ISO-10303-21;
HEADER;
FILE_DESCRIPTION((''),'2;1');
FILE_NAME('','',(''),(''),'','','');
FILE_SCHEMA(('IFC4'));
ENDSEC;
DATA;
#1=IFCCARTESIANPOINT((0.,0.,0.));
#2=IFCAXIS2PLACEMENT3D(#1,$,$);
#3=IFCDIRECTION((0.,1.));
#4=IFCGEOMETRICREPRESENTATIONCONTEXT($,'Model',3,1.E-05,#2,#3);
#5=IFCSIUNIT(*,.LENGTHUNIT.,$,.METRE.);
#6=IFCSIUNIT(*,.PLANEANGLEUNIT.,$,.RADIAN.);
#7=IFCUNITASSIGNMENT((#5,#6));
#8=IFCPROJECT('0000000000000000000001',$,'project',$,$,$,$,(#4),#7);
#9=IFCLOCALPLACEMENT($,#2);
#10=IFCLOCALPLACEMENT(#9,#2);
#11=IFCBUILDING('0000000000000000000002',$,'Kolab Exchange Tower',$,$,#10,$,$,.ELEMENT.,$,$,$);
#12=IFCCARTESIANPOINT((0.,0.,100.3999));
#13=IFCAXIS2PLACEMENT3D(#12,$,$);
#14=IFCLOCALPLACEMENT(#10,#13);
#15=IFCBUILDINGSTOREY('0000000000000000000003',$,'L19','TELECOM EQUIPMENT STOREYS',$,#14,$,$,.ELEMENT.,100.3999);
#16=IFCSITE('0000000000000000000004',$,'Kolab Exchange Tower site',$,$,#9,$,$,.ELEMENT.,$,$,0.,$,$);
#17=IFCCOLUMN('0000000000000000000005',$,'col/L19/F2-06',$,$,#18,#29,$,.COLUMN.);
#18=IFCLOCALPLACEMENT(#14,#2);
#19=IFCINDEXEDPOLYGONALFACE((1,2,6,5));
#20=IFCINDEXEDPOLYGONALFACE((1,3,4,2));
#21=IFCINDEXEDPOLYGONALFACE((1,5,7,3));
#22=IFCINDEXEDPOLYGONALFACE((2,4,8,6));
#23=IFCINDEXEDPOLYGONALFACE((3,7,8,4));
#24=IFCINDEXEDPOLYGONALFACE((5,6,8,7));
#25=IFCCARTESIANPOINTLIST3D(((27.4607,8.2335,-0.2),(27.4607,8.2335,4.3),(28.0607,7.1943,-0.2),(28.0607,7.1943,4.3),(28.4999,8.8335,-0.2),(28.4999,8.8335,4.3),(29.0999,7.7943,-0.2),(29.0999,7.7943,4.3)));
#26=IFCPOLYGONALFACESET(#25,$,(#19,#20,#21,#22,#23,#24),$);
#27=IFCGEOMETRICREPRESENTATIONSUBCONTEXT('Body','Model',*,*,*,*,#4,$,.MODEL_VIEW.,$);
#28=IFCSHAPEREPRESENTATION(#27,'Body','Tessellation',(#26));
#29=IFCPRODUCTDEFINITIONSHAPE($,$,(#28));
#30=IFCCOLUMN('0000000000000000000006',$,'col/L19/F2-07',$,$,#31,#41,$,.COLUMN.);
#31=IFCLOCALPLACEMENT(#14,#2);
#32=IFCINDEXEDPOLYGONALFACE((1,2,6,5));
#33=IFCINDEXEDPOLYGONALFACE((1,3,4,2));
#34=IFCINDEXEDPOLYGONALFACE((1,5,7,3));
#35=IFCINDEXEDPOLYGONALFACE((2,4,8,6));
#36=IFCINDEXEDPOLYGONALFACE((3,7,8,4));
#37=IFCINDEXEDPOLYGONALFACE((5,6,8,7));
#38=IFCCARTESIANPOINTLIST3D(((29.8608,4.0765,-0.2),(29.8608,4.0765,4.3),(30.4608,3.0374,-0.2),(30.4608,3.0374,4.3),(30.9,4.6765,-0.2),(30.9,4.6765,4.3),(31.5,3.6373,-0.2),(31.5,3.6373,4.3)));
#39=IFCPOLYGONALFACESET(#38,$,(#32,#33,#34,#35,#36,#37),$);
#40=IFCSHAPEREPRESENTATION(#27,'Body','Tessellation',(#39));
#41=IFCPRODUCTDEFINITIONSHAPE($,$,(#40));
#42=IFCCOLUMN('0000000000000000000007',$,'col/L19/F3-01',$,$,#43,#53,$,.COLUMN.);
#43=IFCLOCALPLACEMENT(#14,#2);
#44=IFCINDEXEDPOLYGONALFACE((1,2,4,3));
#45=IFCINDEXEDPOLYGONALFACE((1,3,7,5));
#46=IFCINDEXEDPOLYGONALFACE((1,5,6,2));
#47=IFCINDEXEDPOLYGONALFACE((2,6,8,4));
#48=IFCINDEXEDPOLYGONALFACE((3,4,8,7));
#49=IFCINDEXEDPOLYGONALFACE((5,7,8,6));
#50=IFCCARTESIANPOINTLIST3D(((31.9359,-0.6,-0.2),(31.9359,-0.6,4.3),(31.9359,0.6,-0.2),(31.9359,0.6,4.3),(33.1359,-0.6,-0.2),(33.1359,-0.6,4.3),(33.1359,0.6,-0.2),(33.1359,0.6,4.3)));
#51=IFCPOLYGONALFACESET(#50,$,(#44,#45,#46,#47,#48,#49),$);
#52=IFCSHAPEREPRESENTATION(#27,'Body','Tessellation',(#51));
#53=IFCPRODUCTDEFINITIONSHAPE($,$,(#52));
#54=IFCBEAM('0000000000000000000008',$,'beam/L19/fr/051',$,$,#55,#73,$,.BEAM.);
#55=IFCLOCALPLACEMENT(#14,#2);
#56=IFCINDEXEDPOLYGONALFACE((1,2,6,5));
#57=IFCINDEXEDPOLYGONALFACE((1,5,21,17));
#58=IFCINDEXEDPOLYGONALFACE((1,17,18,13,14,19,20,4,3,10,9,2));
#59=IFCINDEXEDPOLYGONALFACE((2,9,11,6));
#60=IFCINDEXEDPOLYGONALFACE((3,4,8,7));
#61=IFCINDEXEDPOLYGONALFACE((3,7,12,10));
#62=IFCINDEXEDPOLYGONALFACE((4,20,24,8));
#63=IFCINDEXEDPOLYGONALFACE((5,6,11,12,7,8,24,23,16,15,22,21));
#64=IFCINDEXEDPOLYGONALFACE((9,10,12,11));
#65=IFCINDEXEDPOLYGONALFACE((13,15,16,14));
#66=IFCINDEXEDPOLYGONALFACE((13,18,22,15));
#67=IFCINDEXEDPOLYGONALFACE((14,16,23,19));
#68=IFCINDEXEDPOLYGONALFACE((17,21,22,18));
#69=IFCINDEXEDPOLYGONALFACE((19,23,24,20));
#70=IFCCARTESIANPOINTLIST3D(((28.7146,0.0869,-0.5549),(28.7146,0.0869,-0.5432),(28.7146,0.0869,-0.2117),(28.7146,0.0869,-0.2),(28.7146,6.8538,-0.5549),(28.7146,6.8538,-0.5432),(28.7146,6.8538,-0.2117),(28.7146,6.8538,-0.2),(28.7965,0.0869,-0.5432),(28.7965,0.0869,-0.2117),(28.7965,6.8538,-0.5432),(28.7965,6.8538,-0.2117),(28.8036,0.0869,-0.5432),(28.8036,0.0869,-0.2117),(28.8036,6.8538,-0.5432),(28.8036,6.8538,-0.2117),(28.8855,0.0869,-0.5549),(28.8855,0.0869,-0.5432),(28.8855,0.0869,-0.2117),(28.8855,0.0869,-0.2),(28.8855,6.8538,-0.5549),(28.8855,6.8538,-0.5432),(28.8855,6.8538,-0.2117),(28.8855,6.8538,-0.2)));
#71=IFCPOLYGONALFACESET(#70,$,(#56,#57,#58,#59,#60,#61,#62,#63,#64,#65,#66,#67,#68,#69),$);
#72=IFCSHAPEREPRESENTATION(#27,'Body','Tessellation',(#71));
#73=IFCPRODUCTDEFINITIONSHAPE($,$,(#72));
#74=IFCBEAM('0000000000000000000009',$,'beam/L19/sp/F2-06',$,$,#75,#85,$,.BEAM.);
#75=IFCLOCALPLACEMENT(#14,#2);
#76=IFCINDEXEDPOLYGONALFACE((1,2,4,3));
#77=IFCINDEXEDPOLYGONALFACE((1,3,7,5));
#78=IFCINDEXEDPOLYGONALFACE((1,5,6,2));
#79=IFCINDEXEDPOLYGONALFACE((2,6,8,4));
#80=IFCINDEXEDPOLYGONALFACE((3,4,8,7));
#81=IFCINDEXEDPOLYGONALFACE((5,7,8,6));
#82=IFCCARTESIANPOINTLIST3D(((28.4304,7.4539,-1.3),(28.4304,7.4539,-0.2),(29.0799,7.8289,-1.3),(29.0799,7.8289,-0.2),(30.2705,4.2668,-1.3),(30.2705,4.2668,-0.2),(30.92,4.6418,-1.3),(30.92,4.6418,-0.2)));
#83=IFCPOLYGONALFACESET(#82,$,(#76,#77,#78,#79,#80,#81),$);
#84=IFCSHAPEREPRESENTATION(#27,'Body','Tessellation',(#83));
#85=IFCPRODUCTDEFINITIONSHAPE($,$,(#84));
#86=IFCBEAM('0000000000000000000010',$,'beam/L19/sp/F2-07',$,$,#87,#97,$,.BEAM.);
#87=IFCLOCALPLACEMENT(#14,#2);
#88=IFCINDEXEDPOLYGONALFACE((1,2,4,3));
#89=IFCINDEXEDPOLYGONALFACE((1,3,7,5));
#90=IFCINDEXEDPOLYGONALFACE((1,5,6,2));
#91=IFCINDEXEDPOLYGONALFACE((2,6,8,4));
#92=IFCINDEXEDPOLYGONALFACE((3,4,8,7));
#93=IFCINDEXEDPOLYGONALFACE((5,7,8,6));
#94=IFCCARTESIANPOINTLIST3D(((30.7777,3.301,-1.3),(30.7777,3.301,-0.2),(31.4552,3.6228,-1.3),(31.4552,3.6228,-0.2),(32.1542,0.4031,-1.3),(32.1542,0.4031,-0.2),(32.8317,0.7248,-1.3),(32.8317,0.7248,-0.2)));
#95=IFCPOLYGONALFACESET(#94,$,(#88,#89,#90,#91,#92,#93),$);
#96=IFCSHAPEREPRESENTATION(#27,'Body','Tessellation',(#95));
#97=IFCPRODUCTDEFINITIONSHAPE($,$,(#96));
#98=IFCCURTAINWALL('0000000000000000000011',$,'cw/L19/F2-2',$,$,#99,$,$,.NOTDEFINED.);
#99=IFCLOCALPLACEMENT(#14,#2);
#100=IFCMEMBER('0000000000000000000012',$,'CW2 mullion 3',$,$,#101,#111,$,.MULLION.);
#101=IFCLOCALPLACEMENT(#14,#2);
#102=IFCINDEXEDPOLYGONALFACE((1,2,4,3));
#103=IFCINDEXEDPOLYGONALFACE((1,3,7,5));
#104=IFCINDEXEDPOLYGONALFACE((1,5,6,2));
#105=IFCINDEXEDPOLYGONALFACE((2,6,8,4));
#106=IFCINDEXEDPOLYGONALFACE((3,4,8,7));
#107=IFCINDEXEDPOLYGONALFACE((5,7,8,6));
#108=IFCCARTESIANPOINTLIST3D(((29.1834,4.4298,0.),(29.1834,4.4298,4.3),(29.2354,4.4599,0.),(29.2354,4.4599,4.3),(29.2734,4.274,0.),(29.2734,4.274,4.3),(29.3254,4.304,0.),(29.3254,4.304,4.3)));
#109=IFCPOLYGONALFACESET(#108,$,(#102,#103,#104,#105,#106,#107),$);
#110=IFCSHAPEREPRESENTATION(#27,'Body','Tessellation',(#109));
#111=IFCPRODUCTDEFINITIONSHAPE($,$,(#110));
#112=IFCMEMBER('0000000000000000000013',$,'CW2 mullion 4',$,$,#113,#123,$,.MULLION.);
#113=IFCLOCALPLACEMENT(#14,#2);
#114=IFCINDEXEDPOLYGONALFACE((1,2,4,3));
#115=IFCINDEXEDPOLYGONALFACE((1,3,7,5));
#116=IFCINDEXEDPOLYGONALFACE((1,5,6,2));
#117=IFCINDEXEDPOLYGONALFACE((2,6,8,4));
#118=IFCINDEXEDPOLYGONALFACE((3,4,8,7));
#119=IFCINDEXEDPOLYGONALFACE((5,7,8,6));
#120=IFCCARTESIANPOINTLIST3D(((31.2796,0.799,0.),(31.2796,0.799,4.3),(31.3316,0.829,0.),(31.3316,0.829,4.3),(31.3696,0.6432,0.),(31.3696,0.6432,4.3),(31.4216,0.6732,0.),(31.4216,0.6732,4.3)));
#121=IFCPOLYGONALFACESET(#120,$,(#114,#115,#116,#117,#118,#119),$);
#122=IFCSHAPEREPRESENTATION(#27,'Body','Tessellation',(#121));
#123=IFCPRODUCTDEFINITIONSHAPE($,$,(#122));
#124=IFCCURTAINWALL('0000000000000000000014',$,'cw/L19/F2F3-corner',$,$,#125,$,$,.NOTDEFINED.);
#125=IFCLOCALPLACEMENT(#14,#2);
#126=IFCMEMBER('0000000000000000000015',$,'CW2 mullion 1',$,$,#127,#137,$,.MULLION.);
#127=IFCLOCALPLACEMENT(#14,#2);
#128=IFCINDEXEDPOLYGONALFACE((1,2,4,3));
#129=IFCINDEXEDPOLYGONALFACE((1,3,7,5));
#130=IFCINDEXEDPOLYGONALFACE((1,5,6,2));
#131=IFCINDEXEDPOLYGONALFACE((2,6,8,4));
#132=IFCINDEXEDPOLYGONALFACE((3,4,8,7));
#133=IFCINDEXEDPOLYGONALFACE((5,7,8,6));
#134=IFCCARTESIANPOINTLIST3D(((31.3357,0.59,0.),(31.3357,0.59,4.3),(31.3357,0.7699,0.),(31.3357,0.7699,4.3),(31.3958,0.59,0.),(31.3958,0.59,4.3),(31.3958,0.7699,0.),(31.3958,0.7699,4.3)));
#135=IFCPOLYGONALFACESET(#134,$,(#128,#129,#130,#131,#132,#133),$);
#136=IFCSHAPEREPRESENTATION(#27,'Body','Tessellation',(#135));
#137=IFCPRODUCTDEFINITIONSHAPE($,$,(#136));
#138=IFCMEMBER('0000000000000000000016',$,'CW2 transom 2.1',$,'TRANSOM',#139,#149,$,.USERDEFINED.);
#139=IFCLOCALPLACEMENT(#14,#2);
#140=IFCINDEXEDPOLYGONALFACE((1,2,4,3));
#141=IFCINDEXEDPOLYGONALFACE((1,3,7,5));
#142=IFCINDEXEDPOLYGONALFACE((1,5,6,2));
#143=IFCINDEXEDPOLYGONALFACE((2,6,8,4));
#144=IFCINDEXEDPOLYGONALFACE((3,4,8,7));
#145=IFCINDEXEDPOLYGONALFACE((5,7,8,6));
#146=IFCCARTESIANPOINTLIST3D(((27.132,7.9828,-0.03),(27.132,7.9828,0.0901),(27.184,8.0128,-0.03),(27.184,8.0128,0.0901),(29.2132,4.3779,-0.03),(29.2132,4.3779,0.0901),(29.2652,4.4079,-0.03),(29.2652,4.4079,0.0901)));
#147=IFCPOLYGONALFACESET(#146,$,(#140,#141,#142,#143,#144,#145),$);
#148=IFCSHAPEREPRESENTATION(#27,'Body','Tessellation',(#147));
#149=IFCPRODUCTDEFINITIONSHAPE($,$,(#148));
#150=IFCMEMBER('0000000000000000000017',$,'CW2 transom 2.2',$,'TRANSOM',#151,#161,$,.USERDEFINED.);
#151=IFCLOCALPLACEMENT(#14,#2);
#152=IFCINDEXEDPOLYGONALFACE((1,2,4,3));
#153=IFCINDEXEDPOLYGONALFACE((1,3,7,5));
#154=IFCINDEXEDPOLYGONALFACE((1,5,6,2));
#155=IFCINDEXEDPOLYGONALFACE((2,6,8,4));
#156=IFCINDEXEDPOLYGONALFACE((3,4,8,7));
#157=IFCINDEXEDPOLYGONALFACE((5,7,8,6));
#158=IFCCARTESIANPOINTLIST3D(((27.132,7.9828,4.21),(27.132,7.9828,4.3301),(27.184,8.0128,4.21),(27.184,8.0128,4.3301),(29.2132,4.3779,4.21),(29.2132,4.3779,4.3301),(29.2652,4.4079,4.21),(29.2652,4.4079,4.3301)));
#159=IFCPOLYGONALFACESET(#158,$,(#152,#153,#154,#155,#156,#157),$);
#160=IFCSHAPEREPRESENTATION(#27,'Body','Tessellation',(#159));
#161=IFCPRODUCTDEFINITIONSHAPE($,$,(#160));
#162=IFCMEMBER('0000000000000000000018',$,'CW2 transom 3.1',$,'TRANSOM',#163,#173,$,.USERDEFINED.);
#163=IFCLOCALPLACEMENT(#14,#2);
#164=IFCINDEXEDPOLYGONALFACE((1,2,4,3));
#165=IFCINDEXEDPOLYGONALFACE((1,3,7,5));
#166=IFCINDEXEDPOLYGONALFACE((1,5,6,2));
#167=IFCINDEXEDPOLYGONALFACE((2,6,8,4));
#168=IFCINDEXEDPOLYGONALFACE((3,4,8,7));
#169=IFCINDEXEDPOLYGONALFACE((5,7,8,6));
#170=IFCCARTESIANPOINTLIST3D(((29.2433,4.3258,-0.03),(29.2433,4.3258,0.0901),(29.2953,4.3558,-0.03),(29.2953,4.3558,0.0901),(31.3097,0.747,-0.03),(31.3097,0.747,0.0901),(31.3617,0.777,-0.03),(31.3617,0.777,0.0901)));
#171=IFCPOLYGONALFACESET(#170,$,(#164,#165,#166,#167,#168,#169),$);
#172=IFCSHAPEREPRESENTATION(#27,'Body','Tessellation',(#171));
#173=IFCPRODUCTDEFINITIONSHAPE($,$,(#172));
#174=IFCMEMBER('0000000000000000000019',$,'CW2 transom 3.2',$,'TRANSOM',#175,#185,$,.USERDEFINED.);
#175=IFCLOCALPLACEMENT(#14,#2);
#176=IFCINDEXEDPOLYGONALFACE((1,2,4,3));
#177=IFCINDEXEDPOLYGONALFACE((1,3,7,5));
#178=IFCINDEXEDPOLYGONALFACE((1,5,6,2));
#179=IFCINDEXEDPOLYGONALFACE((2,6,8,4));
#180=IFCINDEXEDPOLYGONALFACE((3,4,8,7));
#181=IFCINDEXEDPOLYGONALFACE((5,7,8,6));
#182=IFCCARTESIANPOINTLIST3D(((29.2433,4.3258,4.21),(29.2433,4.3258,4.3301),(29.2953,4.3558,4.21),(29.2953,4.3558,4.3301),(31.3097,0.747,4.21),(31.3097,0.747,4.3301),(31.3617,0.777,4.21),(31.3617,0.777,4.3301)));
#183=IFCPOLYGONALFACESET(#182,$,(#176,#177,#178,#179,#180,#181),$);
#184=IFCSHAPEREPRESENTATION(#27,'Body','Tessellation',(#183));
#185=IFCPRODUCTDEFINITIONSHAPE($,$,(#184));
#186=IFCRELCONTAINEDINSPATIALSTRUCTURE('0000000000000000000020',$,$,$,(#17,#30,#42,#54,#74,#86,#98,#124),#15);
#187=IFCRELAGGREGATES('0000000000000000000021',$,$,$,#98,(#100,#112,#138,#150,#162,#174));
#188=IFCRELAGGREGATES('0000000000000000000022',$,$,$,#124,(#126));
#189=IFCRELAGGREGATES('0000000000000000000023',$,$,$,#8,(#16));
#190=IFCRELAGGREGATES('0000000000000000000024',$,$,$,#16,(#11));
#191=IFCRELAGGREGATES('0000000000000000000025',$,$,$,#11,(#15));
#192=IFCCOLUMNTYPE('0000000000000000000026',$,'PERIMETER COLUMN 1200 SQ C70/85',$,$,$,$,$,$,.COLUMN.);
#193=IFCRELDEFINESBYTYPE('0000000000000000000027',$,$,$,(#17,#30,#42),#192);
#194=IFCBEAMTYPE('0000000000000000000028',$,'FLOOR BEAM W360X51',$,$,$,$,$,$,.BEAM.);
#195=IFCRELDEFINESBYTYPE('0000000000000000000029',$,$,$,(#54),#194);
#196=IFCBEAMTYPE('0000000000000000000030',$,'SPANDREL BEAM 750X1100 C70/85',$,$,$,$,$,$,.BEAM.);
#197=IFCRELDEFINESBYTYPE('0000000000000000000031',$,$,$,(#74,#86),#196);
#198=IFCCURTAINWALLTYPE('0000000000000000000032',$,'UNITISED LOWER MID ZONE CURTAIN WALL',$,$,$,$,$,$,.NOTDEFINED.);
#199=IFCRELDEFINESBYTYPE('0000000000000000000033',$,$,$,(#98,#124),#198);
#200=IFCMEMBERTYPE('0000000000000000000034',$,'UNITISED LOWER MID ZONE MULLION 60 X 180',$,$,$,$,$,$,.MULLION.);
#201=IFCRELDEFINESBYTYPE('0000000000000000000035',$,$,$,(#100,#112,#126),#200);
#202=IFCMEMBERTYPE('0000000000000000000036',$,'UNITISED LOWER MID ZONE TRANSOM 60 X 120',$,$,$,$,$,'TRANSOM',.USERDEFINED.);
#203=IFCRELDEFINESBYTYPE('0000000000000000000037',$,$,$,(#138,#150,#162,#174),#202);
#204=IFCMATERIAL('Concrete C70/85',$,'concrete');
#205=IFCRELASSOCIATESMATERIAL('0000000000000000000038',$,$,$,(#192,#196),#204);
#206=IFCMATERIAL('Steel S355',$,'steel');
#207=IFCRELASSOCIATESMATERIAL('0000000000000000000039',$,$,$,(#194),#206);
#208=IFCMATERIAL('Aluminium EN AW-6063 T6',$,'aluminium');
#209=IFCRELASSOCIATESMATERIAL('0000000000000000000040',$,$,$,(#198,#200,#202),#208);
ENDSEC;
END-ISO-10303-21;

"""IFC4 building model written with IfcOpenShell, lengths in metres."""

from ifc_helpers import new_model, si_unit, direction, frame, origin, origin_2d, place, context, subcontext, project, spatial, rectangle, i_section, extrude, material, material_profile, profile_set, type_object, element, aggregate, save


model = new_model("IFC4")

# Units and contexts
model_context = context("Model", 3, precision=1e-05, world=origin(), true_north=direction((0.0, 1.0)))
body_context = subcontext(model_context, "Body", "Model", "MODEL_VIEW")
ifc_project = project(units=[si_unit("LENGTHUNIT", "METRE"), si_unit("PLANEANGLEUNIT", "RADIAN")], contexts=[model_context])

# Site, building, storey
site_placement = place(None, origin())
site = spatial("IfcSite", under=ifc_project, at=site_placement, Name="Kolab Exchange Tower site", CompositionType="ELEMENT", RefElevation=0.0)
building_placement = place(site_placement, origin())
building = spatial("IfcBuilding", under=site, at=building_placement, Name="Kolab Exchange Tower", CompositionType="ELEMENT")
storey_placement = place(building_placement, frame((0.0, 0.0, 100.3999)))
storey = spatial("IfcBuildingStorey", under=building, at=storey_placement, Name="L19", Description="TELECOM EQUIPMENT STOREYS", CompositionType="ELEMENT", Elevation=100.3999)

# Columns
ifc_material_1 = material(Name="Concrete C70/85", Category="concrete")
ifc_material_profile_1 = material_profile(ifc_material_1, rectangle(XDim=1.2, YDim=1.2, at=origin_2d()), Name="RC1200")
ifc_profile_set_1 = profile_set([ifc_material_profile_1], Name="Concrete C70/85")
column_type = type_object("IfcColumnType", Name="PERIMETER COLUMN 1200 SQ C70/85", PredefinedType="COLUMN", material=ifc_profile_set_1)
for number, where, z_axis, x_axis, name in (
    (1, (28.2803, 8.0139, -0.2), (0.0, 0.0, 1.0), (0.866025, 0.5, 0.0), "col/L19/F2-06"),
    (2, (30.6804, 3.8569, -0.2), (0.0, 0.0, 1.0), (0.866025, 0.5, 0.0), "col/L19/F2-07"),
    (3, (32.5359, 0.0, -0.2), (0.0, 0.0, 1.0), (1.0, 0.0, 0.0), "col/L19/F3-01"),
):
    element("IfcColumn", number, at=place(storey_placement, frame(where, z_axis=z_axis, x_axis=x_axis)), inside=storey, type_object=column_type, Name=name, PredefinedType="COLUMN", context=body_context, shape_type="SweptSolid", body=[
        extrude(rectangle(XDim=1.2, YDim=1.2, at=origin_2d()), origin(), (0.0, 0.0, 1.0), 4.5),
    ])

# Beams
ifc_material_2 = material(Name="Steel S355", Category="steel")
ifc_material_profile_2 = material_profile(ifc_material_2, i_section(OverallWidth=0.1709, OverallDepth=0.355, WebThickness=0.0071, FlangeThickness=0.0117, at=origin_2d()), Name="W360X51")
ifc_profile_set_2 = profile_set([ifc_material_profile_2], Name="Steel S355")
beam_type_1 = type_object("IfcBeamType", Name="FLOOR BEAM W360X51", PredefinedType="BEAM", material=ifc_profile_set_2)
beam_1_placement = place(storey_placement, frame((28.8, 0.0869, -0.3774), z_axis=(0.0, 1.0, 0.0), x_axis=(-1.0, 0.0, 0.0)))
element("IfcBeam", 4, at=beam_1_placement, inside=storey, type_object=beam_type_1, Name="beam/L19/fr/051", PredefinedType="BEAM", context=body_context, shape_type="SweptSolid", body=[
    extrude(i_section(OverallWidth=0.1709, OverallDepth=0.355, WebThickness=0.0071, FlangeThickness=0.0117, at=origin_2d()), origin(), (0.0, 0.0, 1.0), 6.7668),
])
ifc_material_profile_3 = material_profile(ifc_material_1, rectangle(XDim=0.75, YDim=1.1001, at=origin_2d()), Name="RC750X1100")
ifc_profile_set_3 = profile_set([ifc_material_profile_3], Name="Concrete C70/85")
beam_type_2 = type_object("IfcBeamType", Name="SPANDREL BEAM 750X1100 C70/85", PredefinedType="BEAM", material=ifc_profile_set_3)
beam_2_placement = place(storey_placement, frame((28.7551, 7.6414, -0.75), z_axis=(0.500013, -0.866018, 0.0), x_axis=(0.866018, 0.500013, 0.0)))
element("IfcBeam", 5, at=beam_2_placement, inside=storey, type_object=beam_type_2, Name="beam/L19/sp/F2-06", PredefinedType="BEAM", context=body_context, shape_type="SweptSolid", body=[
    extrude(rectangle(XDim=0.75, YDim=1.1001, at=origin_2d()), origin(), (0.0, 0.0, 1.0), 3.6802),
])
beam_3_placement = place(storey_placement, frame((31.1165, 3.4619, -0.75), z_axis=(0.429041, -0.903285, 0.0), x_axis=(0.903285, 0.429041, 0.0)))
element("IfcBeam", 6, at=beam_3_placement, inside=storey, type_object=beam_type_2, Name="beam/L19/sp/F2-07", PredefinedType="BEAM", context=body_context, shape_type="SweptSolid", body=[
    extrude(rectangle(XDim=0.75, YDim=1.1001, at=origin_2d()), origin(), (0.0, 0.0, 1.0), 3.2083),
])

# Curtain wall, members
ifc_material_3 = material(Name="Aluminium EN AW-6063 T6", Category="aluminium")
curtain_wall_type = type_object("IfcCurtainWallType", Name="UNITISED LOWER MID ZONE CURTAIN WALL", PredefinedType="NOTDEFINED", material=ifc_material_3)
curtain_wall_1_placement = place(storey_placement, origin())
curtain_wall_1 = element("IfcCurtainWall", 7, at=curtain_wall_1_placement, inside=storey, type_object=curtain_wall_type, Name="cw/L19/F2-2", PredefinedType="NOTDEFINED")
ifc_material_profile_4 = material_profile(ifc_material_3, rectangle(XDim=0.0601, YDim=0.1799, at=origin_2d()), Name="RECT 60X180")
ifc_profile_set_4 = profile_set([ifc_material_profile_4], Name="Aluminium EN AW-6063 T6")
member_type_1 = type_object("IfcMemberType", Name="UNITISED LOWER MID ZONE MULLION 60 X 180", PredefinedType="MULLION", material=ifc_profile_set_4)
member_1_placement = place(storey_placement, frame((29.2544, 4.3669, 0.0), z_axis=(0.0, 0.0, 1.0), x_axis=(0.866025, 0.5, 0.0)))
member_1 = element("IfcMember", 8, at=member_1_placement, type_object=member_type_1, Name="CW2 mullion 3", PredefinedType="MULLION", context=body_context, shape_type="SweptSolid", body=[
    extrude(rectangle(XDim=0.0601, YDim=0.1799, at=origin_2d()), origin(), (0.0, 0.0, 1.0), 4.3),
])
member_2_placement = place(storey_placement, frame((31.3506, 0.7361, 0.0), z_axis=(0.0, 0.0, 1.0), x_axis=(0.866025, 0.5, 0.0)))
member_2 = element("IfcMember", 9, at=member_2_placement, type_object=member_type_1, Name="CW2 mullion 4", PredefinedType="MULLION", context=body_context, shape_type="SweptSolid", body=[
    extrude(rectangle(XDim=0.0601, YDim=0.1799, at=origin_2d()), origin(), (0.0, 0.0, 1.0), 4.3),
])

# Curtain wall, member
curtain_wall_2_placement = place(storey_placement, origin())
curtain_wall_2 = element("IfcCurtainWall", 10, at=curtain_wall_2_placement, inside=storey, type_object=curtain_wall_type, Name="cw/L19/F2F3-corner", PredefinedType="NOTDEFINED")
member_3_placement = place(storey_placement, frame((31.3657, 0.6799, 0.0), z_axis=(0.0, 0.0, 1.0), x_axis=(1.0, 0.0, 0.0)))
member_3 = element("IfcMember", 11, at=member_3_placement, type_object=member_type_1, Name="CW2 mullion 1", PredefinedType="MULLION", context=body_context, shape_type="SweptSolid", body=[
    extrude(rectangle(XDim=0.0601, YDim=0.1799, at=origin_2d()), origin(), (0.0, 0.0, 1.0), 4.3),
])

# Members
ifc_material_profile_5 = material_profile(ifc_material_3, rectangle(XDim=0.0601, YDim=0.1201, at=origin_2d()), Name="RECT 60X120")
ifc_profile_set_5 = profile_set([ifc_material_profile_5], Name="Aluminium EN AW-6063 T6")
member_type_2 = type_object("IfcMemberType", Name="UNITISED LOWER MID ZONE TRANSOM 60 X 120", ElementType="TRANSOM", PredefinedType="USERDEFINED", material=ifc_profile_set_5)
member_4_placement = place(storey_placement, frame((27.158, 7.9978, 0.03), z_axis=(0.499993, -0.866029, 0.0), x_axis=(0.866029, 0.499993, 0.0)))
member_4 = element("IfcMember", 12, at=member_4_placement, type_object=member_type_2, Name="CW2 transom 2.1", ObjectType="TRANSOM", PredefinedType="USERDEFINED", context=body_context, shape_type="SweptSolid", body=[
    extrude(rectangle(XDim=0.0601, YDim=0.1201, at=origin_2d()), origin(), (0.0, 0.0, 1.0), 4.1626),
])
member_5_placement = place(storey_placement, frame((27.158, 7.9978, 4.27), z_axis=(0.499993, -0.866029, 0.0), x_axis=(0.866029, 0.499993, 0.0)))
member_5 = element("IfcMember", 13, at=member_5_placement, type_object=member_type_2, Name="CW2 transom 2.2", ObjectType="TRANSOM", PredefinedType="USERDEFINED", context=body_context, shape_type="SweptSolid", body=[
    extrude(rectangle(XDim=0.0601, YDim=0.1201, at=origin_2d()), origin(), (0.0, 0.0, 1.0), 4.1626),
])
member_6_placement = place(storey_placement, frame((29.2693, 4.3408, 0.03), z_axis=(0.500028, -0.866009, 0.0), x_axis=(0.866009, 0.500028, 0.0)))
member_6 = element("IfcMember", 14, at=member_6_placement, type_object=member_type_2, Name="CW2 transom 3.1", ObjectType="TRANSOM", PredefinedType="USERDEFINED", context=body_context, shape_type="SweptSolid", body=[
    extrude(rectangle(XDim=0.0601, YDim=0.1201, at=origin_2d()), origin(), (0.0, 0.0, 1.0), 4.1326),
])
member_7_placement = place(storey_placement, frame((29.2693, 4.3408, 4.27), z_axis=(0.500028, -0.866009, 0.0), x_axis=(0.866009, 0.500028, 0.0)))
member_7 = element("IfcMember", 15, at=member_7_placement, type_object=member_type_2, Name="CW2 transom 3.2", ObjectType="TRANSOM", PredefinedType="USERDEFINED", context=body_context, shape_type="SweptSolid", body=[
    extrude(rectangle(XDim=0.0601, YDim=0.1201, at=origin_2d()), origin(), (0.0, 0.0, 1.0), 4.1326),
])

aggregate(curtain_wall_1, [member_1, member_2, member_4, member_5, member_6, member_7])
aggregate(curtain_wall_2, [member_3])

save(model, "model.ifc")
